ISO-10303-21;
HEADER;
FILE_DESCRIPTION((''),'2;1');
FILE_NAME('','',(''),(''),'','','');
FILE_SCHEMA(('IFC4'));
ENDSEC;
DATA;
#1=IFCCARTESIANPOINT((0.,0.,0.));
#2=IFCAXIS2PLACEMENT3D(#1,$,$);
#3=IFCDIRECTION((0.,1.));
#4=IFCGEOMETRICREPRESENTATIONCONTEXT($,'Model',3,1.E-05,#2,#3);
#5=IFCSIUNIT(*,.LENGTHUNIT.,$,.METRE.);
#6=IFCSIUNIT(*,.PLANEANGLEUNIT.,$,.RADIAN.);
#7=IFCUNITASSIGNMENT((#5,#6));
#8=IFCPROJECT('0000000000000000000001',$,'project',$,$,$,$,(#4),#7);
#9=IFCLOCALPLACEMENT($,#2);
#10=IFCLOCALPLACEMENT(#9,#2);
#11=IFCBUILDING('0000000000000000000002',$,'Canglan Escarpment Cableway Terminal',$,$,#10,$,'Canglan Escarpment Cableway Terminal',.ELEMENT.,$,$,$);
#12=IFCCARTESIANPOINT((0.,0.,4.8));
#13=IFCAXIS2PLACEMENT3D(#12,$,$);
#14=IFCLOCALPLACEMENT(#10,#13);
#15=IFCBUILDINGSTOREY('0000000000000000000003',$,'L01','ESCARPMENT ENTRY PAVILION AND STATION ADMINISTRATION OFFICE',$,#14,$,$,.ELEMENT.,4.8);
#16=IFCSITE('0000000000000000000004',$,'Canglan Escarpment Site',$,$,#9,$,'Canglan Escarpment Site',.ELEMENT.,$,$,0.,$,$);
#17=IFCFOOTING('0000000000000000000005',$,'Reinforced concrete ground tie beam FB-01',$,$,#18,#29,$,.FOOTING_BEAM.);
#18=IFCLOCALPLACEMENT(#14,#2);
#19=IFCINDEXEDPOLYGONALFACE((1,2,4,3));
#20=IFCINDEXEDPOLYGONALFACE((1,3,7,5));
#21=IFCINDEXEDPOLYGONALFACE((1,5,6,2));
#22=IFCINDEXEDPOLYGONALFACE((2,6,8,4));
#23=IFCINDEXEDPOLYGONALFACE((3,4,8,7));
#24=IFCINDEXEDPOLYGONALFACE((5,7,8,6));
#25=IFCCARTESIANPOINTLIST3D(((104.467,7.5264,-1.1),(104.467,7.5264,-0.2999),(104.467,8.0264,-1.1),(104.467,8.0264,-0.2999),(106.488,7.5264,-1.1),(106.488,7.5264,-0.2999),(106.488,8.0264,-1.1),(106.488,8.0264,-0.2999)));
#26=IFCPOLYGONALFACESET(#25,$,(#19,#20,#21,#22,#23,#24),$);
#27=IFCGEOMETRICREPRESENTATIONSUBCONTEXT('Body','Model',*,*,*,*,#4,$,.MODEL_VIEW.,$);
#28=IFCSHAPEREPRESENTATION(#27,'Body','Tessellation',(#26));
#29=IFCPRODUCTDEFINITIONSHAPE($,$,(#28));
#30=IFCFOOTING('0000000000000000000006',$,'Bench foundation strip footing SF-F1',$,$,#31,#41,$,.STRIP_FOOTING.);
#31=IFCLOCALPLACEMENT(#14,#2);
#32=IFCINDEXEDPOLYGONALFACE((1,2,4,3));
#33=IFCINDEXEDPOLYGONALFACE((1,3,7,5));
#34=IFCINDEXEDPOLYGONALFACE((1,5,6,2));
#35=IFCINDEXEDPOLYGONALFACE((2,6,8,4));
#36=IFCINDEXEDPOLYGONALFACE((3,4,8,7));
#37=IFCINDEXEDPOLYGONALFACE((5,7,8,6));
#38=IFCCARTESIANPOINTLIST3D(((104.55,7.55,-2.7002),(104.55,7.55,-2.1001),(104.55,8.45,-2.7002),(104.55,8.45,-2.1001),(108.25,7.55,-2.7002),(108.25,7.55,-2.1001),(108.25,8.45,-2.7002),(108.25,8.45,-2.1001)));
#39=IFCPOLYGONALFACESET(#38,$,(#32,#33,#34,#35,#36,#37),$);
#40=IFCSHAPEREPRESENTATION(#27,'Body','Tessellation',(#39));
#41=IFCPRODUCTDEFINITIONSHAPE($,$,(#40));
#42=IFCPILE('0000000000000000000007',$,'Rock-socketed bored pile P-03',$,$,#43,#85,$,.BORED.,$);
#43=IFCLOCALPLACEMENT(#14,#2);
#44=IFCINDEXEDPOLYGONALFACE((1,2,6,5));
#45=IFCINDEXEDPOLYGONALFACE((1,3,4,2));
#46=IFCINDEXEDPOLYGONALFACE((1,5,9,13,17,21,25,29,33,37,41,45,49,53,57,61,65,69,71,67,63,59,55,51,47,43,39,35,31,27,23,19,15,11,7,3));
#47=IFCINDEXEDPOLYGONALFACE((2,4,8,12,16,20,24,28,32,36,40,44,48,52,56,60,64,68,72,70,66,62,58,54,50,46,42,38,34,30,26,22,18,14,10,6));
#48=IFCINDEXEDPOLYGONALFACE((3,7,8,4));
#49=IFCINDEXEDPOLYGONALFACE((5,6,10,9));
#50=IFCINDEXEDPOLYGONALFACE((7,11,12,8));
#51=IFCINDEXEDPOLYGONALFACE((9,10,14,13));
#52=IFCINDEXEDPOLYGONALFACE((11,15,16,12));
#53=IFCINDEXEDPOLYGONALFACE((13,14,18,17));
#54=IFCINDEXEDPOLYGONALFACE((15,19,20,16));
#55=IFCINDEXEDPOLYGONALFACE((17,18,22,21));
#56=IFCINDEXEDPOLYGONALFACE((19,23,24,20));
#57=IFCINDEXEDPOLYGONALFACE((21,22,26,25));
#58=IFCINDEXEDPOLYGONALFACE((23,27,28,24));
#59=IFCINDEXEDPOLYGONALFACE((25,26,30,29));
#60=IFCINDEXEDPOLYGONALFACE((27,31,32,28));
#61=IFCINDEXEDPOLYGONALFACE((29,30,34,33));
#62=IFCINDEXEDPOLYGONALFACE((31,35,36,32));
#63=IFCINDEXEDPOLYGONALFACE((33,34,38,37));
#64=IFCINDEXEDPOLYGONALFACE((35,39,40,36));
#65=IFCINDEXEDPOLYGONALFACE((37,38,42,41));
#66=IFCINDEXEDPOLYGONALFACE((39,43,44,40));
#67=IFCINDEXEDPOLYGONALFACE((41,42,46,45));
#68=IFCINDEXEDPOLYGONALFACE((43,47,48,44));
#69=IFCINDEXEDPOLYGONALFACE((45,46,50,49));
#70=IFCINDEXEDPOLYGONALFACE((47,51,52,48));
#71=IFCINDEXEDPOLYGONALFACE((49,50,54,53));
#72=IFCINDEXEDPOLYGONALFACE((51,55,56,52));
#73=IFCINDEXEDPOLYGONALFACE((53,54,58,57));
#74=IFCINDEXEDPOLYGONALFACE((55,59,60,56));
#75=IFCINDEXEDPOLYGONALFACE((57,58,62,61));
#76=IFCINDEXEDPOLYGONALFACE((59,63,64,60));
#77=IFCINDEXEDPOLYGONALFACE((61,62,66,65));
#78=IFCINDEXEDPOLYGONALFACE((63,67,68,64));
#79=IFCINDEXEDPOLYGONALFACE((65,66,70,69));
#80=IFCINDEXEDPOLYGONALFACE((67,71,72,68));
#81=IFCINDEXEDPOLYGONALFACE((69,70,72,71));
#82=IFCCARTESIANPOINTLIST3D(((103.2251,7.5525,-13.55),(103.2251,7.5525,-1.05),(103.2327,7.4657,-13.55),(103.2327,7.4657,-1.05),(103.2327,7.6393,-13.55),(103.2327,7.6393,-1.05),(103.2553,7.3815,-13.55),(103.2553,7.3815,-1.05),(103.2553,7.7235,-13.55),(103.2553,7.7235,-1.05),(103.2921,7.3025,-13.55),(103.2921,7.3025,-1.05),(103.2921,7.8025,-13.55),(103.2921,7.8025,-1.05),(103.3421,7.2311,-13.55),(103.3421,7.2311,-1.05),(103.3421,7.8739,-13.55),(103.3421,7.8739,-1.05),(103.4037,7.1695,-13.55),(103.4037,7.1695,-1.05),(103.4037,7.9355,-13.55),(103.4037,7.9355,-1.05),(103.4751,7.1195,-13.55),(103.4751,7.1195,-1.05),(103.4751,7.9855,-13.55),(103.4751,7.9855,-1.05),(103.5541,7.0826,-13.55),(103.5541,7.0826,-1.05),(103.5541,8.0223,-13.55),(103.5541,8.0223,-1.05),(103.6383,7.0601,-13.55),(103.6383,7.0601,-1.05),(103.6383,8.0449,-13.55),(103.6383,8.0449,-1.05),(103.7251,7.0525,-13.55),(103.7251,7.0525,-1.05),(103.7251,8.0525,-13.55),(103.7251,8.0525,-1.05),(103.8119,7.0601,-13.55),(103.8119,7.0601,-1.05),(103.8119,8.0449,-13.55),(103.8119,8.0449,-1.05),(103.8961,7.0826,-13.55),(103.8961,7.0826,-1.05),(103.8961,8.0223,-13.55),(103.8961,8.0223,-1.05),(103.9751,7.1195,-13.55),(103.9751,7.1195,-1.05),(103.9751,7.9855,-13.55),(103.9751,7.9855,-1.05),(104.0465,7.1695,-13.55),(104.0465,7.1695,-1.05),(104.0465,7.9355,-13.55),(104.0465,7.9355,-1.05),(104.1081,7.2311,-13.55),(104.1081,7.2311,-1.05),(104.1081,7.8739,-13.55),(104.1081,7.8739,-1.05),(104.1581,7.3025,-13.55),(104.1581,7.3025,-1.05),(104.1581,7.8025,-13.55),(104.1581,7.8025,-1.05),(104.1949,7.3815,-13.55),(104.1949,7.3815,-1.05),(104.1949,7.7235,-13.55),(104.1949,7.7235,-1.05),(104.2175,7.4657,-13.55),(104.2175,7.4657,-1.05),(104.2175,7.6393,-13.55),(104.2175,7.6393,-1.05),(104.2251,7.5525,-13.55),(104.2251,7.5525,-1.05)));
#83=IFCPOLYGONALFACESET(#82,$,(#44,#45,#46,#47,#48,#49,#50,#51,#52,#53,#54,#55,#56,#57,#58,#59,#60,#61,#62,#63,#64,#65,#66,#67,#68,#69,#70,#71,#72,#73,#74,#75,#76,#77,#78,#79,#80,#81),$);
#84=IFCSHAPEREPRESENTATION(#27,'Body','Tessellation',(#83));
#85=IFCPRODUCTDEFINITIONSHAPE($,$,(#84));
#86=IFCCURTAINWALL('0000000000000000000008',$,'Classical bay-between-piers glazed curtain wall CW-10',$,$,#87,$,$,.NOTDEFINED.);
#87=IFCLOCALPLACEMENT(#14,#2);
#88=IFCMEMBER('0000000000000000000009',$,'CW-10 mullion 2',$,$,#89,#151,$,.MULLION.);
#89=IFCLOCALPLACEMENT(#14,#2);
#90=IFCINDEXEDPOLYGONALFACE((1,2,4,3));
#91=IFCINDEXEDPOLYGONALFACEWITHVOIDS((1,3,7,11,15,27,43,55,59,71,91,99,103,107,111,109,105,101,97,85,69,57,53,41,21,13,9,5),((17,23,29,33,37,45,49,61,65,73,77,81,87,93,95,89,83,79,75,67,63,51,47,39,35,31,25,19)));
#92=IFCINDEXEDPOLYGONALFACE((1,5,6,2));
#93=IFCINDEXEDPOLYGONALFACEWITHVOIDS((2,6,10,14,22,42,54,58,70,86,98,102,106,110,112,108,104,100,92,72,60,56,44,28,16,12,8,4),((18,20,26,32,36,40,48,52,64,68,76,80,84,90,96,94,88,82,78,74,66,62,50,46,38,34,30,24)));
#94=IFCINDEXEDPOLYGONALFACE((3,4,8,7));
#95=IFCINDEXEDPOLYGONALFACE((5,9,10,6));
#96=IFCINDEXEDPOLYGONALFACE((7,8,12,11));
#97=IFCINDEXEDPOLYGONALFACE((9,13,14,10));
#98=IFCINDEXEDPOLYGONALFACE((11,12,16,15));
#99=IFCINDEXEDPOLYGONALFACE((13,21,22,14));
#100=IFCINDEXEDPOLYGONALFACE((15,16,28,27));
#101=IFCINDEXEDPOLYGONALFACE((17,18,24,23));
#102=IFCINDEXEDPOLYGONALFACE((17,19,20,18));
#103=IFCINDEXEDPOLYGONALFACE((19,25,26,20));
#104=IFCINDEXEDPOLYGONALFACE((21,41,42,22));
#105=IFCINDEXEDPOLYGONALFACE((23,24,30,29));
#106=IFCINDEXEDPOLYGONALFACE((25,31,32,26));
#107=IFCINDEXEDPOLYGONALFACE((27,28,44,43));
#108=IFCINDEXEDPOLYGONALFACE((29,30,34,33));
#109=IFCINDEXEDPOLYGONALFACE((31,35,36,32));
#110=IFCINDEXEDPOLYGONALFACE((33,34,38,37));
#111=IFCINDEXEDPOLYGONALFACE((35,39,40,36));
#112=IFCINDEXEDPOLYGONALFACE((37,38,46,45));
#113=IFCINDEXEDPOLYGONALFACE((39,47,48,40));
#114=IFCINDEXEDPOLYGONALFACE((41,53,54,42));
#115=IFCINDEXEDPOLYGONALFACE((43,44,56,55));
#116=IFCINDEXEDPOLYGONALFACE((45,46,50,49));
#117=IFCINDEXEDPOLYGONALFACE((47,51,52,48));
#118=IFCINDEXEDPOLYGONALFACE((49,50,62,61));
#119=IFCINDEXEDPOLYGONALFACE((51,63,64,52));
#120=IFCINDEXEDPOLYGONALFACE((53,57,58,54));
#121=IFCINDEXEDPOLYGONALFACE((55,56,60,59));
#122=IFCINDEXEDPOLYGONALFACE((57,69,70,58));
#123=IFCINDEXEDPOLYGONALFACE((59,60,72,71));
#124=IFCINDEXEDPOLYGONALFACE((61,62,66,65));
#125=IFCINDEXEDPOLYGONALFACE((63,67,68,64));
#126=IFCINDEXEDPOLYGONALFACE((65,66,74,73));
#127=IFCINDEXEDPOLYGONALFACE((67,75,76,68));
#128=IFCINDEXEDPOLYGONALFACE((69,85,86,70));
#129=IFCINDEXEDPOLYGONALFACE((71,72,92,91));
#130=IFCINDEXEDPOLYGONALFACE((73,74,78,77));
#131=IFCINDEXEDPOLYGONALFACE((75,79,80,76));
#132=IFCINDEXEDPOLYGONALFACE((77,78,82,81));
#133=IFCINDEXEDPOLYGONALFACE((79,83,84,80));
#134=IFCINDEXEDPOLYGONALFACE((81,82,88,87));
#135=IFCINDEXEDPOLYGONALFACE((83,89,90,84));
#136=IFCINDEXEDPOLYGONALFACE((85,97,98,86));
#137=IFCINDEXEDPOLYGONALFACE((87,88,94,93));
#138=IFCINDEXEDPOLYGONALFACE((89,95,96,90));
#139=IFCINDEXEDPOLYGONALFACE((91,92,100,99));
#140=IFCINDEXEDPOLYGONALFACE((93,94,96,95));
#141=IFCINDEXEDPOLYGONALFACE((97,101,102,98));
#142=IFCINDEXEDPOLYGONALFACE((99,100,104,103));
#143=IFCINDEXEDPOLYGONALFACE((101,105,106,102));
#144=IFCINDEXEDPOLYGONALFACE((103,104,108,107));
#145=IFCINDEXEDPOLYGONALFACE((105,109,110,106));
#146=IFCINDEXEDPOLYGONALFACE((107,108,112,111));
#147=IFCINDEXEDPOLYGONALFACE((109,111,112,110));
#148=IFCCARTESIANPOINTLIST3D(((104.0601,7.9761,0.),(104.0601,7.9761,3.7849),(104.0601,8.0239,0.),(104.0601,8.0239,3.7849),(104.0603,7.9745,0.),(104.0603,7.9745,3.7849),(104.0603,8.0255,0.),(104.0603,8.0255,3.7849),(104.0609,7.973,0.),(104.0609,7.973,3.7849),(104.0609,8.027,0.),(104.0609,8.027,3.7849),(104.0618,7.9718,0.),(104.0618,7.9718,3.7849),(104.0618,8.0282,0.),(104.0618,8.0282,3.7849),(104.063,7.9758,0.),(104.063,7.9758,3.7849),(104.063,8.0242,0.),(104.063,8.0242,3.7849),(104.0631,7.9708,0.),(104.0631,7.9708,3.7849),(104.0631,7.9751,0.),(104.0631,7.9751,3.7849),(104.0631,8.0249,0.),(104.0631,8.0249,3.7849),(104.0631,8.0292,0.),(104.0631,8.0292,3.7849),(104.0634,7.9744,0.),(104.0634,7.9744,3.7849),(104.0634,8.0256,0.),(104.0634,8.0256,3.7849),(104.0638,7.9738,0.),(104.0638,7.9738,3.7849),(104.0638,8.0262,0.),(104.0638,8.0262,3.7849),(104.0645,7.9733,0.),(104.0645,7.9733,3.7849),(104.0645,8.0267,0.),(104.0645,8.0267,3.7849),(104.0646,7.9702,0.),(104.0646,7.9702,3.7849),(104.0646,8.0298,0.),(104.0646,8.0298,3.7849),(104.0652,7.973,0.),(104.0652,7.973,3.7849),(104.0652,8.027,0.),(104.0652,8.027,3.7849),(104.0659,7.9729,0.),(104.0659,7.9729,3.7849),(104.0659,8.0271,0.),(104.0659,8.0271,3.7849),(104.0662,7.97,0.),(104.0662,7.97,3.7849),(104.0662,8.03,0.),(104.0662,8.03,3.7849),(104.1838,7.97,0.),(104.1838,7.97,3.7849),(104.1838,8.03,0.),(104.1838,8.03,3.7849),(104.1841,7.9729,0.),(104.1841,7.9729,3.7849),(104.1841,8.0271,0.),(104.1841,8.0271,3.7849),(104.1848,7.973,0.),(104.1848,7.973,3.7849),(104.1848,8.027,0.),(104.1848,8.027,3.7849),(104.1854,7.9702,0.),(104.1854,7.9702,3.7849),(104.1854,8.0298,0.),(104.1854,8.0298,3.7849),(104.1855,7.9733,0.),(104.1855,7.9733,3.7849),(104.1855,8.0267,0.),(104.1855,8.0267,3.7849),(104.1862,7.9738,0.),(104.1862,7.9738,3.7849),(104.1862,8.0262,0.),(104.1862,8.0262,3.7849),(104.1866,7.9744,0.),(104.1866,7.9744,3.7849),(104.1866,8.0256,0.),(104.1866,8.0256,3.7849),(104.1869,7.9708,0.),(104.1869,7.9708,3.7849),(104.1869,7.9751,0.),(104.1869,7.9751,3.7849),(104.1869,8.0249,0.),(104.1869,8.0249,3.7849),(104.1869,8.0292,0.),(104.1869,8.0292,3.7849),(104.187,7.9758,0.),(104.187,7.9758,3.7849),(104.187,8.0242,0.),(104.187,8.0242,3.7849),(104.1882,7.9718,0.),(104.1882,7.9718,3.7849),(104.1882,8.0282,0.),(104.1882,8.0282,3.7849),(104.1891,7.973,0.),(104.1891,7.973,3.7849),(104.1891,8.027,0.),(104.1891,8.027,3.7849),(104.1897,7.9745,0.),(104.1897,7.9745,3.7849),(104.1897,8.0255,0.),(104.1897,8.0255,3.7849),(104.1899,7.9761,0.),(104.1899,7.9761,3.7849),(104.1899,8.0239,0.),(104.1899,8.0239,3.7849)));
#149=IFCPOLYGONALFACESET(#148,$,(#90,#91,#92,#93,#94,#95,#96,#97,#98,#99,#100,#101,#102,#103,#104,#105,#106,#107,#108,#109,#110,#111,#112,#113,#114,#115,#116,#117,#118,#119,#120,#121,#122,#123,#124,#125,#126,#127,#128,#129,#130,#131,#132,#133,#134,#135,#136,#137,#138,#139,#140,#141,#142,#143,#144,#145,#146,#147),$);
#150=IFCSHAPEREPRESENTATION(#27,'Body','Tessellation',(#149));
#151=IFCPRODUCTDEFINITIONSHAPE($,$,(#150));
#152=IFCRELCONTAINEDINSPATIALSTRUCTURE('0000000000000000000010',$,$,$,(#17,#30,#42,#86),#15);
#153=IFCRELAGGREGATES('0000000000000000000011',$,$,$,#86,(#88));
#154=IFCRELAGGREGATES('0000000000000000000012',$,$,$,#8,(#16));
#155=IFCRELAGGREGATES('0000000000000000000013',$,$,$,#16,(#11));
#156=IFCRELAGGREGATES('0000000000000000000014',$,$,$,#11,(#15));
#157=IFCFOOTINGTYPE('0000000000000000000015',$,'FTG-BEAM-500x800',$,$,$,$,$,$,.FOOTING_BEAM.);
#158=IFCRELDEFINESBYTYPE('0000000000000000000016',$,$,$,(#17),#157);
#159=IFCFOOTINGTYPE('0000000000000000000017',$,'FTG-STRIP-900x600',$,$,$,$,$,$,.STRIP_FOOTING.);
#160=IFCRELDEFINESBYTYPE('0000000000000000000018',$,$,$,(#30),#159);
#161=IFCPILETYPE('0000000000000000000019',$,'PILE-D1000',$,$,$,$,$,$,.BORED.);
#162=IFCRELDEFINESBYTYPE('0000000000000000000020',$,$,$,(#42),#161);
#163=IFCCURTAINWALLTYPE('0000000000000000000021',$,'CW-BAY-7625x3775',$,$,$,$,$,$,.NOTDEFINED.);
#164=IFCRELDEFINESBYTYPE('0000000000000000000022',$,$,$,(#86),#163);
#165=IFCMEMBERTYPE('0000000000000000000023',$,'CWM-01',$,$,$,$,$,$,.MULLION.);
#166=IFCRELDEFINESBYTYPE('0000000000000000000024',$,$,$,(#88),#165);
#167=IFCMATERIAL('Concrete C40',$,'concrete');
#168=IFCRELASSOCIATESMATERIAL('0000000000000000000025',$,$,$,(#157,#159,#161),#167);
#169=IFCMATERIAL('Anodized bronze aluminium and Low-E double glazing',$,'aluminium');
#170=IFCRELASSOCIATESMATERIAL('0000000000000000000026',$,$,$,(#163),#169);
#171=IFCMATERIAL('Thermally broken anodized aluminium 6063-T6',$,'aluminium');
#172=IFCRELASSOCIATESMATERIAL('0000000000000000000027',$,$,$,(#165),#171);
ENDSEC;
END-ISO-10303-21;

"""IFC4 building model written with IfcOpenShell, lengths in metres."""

from ifc_helpers import new_model, si_unit, direction, frame, origin, origin_2d, place, context, subcontext, project, spatial, rectangle, hollow_rectangle, circle, extrude, material, material_profile, profile_set, type_object, element, aggregate, save


model = new_model("IFC4")

# Units and contexts
model_context = context("Model", 3, precision=1e-05, world=origin(), true_north=direction((0.0, 1.0)))
body_context = subcontext(model_context, "Body", "Model", "MODEL_VIEW")
ifc_project = project(units=[si_unit("LENGTHUNIT", "METRE"), si_unit("PLANEANGLEUNIT", "RADIAN")], contexts=[model_context])

# Site, building, storey
site_placement = place(None, origin())
site = spatial("IfcSite", under=ifc_project, at=site_placement, Name="Canglan Escarpment Site", LongName="Canglan Escarpment Site", CompositionType="ELEMENT", RefElevation=0.0)
building_placement = place(site_placement, origin())
building = spatial("IfcBuilding", under=site, at=building_placement, Name="Canglan Escarpment Cableway Terminal", LongName="Canglan Escarpment Cableway Terminal", CompositionType="ELEMENT")
storey_placement = place(building_placement, frame((0.0, 0.0, 4.8)))
storey = spatial("IfcBuildingStorey", under=building, at=storey_placement, Name="L01", Description="ESCARPMENT ENTRY PAVILION AND STATION ADMINISTRATION OFFICE", CompositionType="ELEMENT", Elevation=4.8)

# Footings
ifc_material_1 = material(Name="Concrete C40", Category="concrete")
ifc_material_profile_1 = material_profile(ifc_material_1, rectangle(XDim=0.5, YDim=0.8, at=origin_2d()), Name="FB 500x800")
ifc_profile_set_1 = profile_set([ifc_material_profile_1], Name="Concrete C40")
footing_type_1 = type_object("IfcFootingType", Name="FTG-BEAM-500x800", PredefinedType="FOOTING_BEAM", material=ifc_profile_set_1)
footing_1_placement = place(storey_placement, frame((104.467, 7.7764, -0.7), z_axis=(1.0, 0.0, 0.0), x_axis=(0.0, 1.0, 0.0)))
element("IfcFooting", 1, at=footing_1_placement, inside=storey, type_object=footing_type_1, Name="Reinforced concrete ground tie beam FB-01", PredefinedType="FOOTING_BEAM", context=body_context, shape_type="SweptSolid", body=[
    extrude(rectangle(XDim=0.5, YDim=0.8, at=origin_2d()), origin(), (0.0, 0.0, 1.0), 2.021),
])
ifc_material_profile_2 = material_profile(ifc_material_1, rectangle(XDim=0.8999, YDim=0.6001, at=origin_2d()), Name="SF 900x600")
ifc_profile_set_2 = profile_set([ifc_material_profile_2], Name="Concrete C40")
footing_type_2 = type_object("IfcFootingType", Name="FTG-STRIP-900x600", PredefinedType="STRIP_FOOTING", material=ifc_profile_set_2)
footing_2_placement = place(storey_placement, frame((104.55, 8.0, -2.4001), z_axis=(1.0, 0.0, 0.0), x_axis=(0.0, 1.0, 0.0)))
element("IfcFooting", 2, at=footing_2_placement, inside=storey, type_object=footing_type_2, Name="Bench foundation strip footing SF-F1", PredefinedType="STRIP_FOOTING", context=body_context, shape_type="SweptSolid", body=[
    extrude(rectangle(XDim=0.8999, YDim=0.6001, at=origin_2d()), origin(), (0.0, 0.0, 1.0), 3.7),
])

# Pile
ifc_material_profile_3 = material_profile(ifc_material_1, circle(Radius=0.5, at=origin_2d()), Name="BORED PILE D1000")
ifc_profile_set_3 = profile_set([ifc_material_profile_3], Name="Concrete C40")
pile_type = type_object("IfcPileType", Name="PILE-D1000", PredefinedType="BORED", material=ifc_profile_set_3)
pile_placement = place(storey_placement, frame((103.7251, 7.5525, -1.05), z_axis=(0.0, 0.0, -1.0), x_axis=(1.0, 0.0, 0.0)))
element("IfcPile", 3, at=pile_placement, inside=storey, type_object=pile_type, Name="Rock-socketed bored pile P-03", PredefinedType="BORED", context=body_context, shape_type="SweptSolid", body=[
    extrude(circle(Radius=0.5, at=origin_2d()), origin(), (0.0, 0.0, 1.0), 12.5),
])

# Curtain wall, member
ifc_material_2 = material(Name="Anodized bronze aluminium and Low-E double glazing", Category="aluminium")
curtain_wall_type = type_object("IfcCurtainWallType", Name="CW-BAY-7625x3775", PredefinedType="NOTDEFINED", material=ifc_material_2)
curtain_wall_placement = place(storey_placement, origin())
curtain_wall = element("IfcCurtainWall", 4, at=curtain_wall_placement, inside=storey, type_object=curtain_wall_type, Name="Classical bay-between-piers glazed curtain wall CW-10", PredefinedType="NOTDEFINED")
ifc_material_3 = material(Name="Thermally broken anodized aluminium 6063-T6", Category="aluminium")
ifc_material_profile_4 = material_profile(ifc_material_3, hollow_rectangle(XDim=0.0601, YDim=0.1299, WallThickness=0.0029, InnerFilletRadius=0.0029, OuterFilletRadius=0.0061, at=origin_2d()), Name="ALU-MULL 60x130x3")
ifc_profile_set_4 = profile_set([ifc_material_profile_4], Name="Thermally broken anodized aluminium 6063-T6")
member_type_1 = type_object("IfcMemberType", Name="CWM-01", PredefinedType="MULLION", material=ifc_profile_set_4)
member_1_placement = place(storey_placement, frame((104.125, 8.0, 0.0), z_axis=(0.0, 0.0, 1.0), x_axis=(0.0, 1.0, 0.0)))
member_1 = element("IfcMember", 5, at=member_1_placement, type_object=member_type_1, Name="CW-10 mullion 2", PredefinedType="MULLION", context=body_context, shape_type="SweptSolid", body=[
    extrude(hollow_rectangle(XDim=0.0601, YDim=0.1299, WallThickness=0.0029, InnerFilletRadius=0.0029, OuterFilletRadius=0.0061, at=origin_2d()), origin(), (0.0, 0.0, 1.0), 3.7849),
])
aggregate(curtain_wall, [member_1])

save(model, "model.ifc")
